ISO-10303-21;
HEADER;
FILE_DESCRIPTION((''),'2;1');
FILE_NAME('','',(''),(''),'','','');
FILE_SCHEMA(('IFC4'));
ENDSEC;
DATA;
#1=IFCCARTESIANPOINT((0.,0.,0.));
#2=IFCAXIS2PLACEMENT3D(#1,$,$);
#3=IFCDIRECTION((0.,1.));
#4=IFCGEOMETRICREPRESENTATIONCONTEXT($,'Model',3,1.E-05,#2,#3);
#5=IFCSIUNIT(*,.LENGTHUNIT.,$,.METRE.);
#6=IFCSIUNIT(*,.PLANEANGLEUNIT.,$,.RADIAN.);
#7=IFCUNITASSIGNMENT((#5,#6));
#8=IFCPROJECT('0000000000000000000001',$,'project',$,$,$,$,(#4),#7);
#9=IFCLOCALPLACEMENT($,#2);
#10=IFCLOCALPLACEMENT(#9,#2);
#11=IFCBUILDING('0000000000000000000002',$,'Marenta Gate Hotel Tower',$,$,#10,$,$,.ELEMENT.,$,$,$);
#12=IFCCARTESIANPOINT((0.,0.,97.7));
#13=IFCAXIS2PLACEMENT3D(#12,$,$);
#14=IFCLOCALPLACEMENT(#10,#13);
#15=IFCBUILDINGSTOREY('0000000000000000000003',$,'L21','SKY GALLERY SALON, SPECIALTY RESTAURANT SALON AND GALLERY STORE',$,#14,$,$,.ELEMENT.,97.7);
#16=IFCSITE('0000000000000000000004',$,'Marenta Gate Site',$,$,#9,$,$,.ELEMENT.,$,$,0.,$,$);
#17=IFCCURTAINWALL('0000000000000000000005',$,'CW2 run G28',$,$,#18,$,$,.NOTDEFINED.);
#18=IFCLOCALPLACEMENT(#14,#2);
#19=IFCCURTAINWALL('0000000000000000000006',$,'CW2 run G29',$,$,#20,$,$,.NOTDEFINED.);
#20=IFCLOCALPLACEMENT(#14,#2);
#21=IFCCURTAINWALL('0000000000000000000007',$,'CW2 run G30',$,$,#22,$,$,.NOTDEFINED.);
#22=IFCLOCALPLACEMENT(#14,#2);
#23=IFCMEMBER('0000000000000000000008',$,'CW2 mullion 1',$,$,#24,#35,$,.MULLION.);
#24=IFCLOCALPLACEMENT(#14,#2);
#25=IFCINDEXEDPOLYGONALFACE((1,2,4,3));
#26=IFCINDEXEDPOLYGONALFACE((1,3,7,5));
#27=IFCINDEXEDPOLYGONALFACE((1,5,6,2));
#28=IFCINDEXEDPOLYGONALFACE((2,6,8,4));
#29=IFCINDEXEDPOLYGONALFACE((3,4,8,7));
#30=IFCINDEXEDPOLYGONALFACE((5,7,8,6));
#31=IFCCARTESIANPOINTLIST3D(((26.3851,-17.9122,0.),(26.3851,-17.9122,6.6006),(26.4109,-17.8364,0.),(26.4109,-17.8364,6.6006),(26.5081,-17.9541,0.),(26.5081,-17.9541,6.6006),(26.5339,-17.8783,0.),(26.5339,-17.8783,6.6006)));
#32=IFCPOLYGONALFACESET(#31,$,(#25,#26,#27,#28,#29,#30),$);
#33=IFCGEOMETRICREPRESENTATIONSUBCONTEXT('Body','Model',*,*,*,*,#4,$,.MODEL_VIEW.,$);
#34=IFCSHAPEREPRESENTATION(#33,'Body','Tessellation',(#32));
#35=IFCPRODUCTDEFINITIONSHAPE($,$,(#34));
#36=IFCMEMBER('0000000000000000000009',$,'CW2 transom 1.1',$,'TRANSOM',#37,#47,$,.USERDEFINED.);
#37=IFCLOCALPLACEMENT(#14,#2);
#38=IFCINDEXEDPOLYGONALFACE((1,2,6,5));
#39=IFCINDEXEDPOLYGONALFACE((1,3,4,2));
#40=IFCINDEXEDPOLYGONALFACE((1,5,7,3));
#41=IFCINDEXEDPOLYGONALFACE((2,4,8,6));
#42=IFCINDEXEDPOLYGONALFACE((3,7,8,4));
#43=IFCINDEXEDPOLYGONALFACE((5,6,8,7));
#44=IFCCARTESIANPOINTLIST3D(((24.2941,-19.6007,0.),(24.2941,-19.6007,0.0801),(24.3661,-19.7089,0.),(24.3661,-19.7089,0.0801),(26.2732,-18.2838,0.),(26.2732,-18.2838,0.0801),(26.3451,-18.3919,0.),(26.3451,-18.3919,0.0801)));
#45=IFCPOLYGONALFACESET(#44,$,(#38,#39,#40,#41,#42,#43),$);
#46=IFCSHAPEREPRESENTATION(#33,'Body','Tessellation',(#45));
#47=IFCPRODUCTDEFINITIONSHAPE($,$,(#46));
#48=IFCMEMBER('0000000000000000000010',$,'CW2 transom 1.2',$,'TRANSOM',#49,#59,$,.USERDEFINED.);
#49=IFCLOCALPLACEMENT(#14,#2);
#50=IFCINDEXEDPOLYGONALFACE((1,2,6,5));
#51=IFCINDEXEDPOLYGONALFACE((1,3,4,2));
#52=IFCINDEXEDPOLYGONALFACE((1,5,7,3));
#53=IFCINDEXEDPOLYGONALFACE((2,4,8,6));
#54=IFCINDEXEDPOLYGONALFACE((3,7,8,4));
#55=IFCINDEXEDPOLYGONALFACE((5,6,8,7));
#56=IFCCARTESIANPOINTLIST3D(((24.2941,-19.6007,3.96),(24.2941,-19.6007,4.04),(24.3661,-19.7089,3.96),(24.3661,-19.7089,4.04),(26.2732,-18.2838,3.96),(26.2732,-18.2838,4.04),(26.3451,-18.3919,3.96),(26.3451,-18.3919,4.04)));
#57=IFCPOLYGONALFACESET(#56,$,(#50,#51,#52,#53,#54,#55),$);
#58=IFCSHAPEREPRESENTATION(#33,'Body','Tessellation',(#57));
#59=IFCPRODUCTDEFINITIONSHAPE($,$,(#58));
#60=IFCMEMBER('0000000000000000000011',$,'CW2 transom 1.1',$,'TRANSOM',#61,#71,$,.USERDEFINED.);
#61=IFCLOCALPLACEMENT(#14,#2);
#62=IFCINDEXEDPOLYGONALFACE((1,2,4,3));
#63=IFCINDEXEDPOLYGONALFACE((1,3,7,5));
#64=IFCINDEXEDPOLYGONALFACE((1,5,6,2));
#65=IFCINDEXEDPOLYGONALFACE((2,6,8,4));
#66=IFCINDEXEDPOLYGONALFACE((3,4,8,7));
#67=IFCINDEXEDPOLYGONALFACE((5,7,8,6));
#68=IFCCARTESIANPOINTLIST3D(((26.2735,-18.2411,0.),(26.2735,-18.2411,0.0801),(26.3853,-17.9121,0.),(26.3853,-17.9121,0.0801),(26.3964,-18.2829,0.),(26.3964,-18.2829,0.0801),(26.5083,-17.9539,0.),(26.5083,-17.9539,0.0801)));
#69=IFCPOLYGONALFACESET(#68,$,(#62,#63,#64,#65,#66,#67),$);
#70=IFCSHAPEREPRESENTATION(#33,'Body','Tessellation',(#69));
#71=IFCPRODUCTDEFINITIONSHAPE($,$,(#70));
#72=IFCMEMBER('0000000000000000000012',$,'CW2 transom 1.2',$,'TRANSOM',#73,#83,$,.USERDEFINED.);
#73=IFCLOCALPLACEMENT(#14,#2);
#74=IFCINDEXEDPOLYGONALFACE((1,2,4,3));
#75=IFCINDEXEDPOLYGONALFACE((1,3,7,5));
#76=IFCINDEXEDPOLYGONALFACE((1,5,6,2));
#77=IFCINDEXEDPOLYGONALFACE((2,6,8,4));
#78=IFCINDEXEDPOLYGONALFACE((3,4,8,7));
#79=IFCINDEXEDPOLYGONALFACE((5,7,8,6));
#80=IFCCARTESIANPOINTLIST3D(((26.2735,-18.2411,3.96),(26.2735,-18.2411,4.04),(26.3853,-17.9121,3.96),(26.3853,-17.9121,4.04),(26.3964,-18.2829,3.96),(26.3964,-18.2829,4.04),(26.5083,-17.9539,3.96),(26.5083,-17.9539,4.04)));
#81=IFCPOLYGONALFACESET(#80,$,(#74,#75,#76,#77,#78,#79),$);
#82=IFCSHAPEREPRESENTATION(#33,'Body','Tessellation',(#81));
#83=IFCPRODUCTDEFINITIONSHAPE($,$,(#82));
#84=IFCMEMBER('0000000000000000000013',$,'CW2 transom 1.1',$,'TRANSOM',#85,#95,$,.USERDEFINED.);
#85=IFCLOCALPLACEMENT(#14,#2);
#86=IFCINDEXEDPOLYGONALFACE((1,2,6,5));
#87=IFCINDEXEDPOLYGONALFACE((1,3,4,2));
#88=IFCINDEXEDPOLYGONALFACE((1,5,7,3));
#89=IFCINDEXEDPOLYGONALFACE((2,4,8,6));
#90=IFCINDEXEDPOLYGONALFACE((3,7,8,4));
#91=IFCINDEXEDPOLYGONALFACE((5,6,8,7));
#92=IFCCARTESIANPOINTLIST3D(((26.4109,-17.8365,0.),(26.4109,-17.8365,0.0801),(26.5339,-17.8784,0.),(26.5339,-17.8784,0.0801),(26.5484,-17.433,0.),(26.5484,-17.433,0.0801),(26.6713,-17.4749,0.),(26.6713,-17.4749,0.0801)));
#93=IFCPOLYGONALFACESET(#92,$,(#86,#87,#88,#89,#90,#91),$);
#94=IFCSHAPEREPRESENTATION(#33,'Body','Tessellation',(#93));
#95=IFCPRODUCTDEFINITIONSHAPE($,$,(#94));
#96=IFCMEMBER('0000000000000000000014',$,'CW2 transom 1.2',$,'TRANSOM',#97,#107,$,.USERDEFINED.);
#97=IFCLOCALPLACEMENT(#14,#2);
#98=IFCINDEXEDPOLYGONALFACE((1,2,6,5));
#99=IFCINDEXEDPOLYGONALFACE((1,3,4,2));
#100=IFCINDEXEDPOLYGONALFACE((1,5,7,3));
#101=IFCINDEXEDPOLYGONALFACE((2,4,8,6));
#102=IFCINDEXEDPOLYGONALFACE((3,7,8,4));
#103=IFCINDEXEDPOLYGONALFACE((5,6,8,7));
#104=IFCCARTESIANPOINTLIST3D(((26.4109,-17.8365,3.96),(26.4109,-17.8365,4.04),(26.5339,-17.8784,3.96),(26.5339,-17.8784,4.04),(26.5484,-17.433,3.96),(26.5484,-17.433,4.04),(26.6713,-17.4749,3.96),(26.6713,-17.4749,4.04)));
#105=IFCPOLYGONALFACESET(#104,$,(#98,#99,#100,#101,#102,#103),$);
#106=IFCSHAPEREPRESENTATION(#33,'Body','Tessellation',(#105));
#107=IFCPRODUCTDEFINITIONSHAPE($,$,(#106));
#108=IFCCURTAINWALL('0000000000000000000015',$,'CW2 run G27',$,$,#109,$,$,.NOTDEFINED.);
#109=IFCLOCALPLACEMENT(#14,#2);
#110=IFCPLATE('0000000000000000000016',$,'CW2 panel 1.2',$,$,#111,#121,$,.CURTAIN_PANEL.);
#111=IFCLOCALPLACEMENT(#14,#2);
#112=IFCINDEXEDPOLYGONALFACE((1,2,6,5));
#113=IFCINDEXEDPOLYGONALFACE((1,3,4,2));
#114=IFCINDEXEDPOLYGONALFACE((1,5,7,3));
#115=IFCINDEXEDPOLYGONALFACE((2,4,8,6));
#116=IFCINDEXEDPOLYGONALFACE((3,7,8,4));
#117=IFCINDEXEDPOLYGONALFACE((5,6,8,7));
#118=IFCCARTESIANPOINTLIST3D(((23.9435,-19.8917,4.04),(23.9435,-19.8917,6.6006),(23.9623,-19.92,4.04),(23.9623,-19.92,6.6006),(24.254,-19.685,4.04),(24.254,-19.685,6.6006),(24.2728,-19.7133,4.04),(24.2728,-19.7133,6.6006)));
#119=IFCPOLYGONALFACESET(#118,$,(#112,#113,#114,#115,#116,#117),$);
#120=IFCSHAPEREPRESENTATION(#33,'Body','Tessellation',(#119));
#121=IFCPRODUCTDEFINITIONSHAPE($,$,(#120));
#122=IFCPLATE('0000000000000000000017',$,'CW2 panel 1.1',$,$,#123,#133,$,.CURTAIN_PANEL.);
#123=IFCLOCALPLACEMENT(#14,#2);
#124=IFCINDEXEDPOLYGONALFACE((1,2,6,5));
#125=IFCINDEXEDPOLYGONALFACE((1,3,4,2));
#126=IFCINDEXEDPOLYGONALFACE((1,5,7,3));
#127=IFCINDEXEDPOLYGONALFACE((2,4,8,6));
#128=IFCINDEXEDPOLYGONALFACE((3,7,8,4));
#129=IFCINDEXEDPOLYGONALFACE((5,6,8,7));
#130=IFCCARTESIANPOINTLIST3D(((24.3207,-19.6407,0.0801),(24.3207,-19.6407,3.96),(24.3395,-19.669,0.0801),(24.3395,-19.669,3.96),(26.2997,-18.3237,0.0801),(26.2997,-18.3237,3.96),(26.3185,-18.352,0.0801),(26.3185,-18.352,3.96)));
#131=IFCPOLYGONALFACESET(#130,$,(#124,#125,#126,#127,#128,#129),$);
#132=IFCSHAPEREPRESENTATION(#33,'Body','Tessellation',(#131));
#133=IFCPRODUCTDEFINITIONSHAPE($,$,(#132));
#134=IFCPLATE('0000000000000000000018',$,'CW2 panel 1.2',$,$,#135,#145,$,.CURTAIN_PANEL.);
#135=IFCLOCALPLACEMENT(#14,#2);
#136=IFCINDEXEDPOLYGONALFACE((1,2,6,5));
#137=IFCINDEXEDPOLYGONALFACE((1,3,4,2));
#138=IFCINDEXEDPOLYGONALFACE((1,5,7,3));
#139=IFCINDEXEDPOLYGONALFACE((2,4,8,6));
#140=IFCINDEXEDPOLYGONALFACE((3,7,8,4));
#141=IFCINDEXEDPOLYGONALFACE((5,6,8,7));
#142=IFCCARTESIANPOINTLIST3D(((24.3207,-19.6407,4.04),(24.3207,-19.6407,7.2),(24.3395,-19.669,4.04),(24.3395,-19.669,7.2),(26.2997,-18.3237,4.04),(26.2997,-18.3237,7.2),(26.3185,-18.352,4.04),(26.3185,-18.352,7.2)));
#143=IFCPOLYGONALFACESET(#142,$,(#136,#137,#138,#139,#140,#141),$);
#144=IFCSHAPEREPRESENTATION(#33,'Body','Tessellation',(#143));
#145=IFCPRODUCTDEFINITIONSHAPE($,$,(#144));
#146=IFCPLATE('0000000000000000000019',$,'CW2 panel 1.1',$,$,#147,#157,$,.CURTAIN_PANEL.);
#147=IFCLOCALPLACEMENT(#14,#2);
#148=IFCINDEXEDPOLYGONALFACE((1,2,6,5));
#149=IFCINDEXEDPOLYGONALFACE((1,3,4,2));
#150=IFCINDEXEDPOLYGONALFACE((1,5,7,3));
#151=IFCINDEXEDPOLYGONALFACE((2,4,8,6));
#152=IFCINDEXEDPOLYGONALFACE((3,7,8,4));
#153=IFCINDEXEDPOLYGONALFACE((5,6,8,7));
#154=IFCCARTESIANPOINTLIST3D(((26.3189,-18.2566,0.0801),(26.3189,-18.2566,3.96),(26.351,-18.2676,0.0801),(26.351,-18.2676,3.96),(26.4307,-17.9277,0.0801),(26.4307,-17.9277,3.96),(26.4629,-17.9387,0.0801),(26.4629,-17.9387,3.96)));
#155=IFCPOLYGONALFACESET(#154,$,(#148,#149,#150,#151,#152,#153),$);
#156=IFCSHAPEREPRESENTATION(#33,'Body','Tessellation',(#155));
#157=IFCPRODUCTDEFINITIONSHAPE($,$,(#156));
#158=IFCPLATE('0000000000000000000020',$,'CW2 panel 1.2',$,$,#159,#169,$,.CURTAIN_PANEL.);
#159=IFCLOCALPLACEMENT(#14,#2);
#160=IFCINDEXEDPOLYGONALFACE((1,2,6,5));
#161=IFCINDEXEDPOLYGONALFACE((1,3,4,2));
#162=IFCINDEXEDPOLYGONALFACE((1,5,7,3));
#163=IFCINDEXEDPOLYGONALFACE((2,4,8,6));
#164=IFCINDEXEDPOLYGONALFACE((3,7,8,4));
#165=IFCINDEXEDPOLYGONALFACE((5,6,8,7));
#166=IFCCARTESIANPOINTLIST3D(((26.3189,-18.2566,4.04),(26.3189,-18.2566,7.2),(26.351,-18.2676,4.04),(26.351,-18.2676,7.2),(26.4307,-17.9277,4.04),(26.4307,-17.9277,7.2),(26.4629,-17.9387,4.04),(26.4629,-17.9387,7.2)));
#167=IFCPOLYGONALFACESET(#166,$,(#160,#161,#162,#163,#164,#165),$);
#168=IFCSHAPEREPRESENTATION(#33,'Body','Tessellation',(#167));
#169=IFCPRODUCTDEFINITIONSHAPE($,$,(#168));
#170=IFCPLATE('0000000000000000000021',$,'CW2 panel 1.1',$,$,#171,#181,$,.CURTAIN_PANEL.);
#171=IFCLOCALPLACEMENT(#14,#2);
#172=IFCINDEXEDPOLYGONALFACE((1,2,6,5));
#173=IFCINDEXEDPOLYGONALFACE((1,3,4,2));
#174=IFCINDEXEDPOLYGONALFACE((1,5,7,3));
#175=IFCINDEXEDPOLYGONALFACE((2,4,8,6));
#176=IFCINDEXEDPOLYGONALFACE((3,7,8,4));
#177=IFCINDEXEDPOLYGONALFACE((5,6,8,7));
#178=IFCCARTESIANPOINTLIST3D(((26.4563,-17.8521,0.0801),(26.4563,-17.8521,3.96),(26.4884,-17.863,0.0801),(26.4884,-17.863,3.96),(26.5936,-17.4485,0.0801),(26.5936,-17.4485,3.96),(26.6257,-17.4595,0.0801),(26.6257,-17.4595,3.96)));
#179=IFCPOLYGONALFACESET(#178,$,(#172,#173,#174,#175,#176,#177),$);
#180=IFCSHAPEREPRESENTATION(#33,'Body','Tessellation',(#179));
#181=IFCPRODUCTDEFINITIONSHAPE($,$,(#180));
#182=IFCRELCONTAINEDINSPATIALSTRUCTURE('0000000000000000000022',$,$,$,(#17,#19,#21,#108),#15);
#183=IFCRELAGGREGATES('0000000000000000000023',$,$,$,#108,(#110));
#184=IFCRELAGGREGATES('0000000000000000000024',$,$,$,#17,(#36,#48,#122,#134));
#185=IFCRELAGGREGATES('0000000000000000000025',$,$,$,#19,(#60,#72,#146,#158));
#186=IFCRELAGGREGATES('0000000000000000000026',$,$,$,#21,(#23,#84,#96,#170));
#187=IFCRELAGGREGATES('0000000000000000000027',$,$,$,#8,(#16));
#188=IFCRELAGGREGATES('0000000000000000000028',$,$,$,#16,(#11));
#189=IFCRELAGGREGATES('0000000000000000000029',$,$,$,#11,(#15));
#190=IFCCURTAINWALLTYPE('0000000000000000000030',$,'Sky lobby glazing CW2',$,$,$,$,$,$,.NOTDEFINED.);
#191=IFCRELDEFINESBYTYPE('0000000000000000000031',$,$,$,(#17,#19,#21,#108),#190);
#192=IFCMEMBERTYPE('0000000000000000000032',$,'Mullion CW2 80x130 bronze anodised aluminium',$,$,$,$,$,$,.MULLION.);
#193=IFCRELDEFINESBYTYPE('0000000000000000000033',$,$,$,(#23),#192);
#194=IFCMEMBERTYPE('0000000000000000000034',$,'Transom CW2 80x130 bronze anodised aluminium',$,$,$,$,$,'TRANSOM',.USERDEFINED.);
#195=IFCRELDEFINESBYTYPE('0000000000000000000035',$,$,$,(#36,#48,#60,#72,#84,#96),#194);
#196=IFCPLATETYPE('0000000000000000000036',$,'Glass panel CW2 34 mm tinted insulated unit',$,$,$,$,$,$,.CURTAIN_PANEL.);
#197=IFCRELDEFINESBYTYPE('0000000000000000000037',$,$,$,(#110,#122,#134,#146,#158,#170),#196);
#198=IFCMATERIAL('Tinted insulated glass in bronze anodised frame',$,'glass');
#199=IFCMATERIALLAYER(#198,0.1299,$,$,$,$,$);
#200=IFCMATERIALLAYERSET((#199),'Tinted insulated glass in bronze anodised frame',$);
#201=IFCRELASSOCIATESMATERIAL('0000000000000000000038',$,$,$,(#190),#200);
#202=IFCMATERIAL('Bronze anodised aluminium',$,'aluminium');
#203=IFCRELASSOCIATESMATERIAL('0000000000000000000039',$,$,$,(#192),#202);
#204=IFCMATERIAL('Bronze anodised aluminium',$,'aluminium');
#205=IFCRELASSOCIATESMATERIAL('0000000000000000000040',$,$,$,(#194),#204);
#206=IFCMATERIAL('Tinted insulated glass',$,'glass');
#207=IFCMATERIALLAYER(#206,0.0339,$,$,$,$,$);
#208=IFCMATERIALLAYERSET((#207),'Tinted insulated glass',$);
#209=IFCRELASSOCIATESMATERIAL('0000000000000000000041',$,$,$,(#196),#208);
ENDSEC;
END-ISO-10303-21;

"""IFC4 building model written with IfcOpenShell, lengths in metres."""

from ifc_helpers import new_model, si_unit, direction, frame, origin, origin_2d, place, context, subcontext, project, spatial, rectangle, extrude, material, layer, layer_set, material_profile, profile_set, type_object, element, aggregate, save


model = new_model("IFC4")

# Units and contexts
model_context = context("Model", 3, precision=1e-05, world=origin(), true_north=direction((0.0, 1.0)))
body_context = subcontext(model_context, "Body", "Model", "MODEL_VIEW")
ifc_project = project(units=[si_unit("LENGTHUNIT", "METRE"), si_unit("PLANEANGLEUNIT", "RADIAN")], contexts=[model_context])

# Site, building, storey
site_placement = place(None, origin())
site = spatial("IfcSite", under=ifc_project, at=site_placement, Name="Marenta Gate Site", CompositionType="ELEMENT", RefElevation=0.0)
building_placement = place(site_placement, origin())
building = spatial("IfcBuilding", under=site, at=building_placement, Name="Marenta Gate Hotel Tower", CompositionType="ELEMENT")
storey_placement = place(building_placement, frame((0.0, 0.0, 97.7)))
storey = spatial("IfcBuildingStorey", under=building, at=storey_placement, Name="L21", Description="SKY GALLERY SALON, SPECIALTY RESTAURANT SALON AND GALLERY STORE", CompositionType="ELEMENT", Elevation=97.7)

# Curtain walls, member
ifc_material_1 = material(Name="Tinted insulated glass in bronze anodised frame", Category="glass")
ifc_layer_1 = layer(ifc_material_1, 0.1299)
ifc_layer_set_1 = layer_set([ifc_layer_1], Name="Tinted insulated glass in bronze anodised frame")
curtain_wall_type = type_object("IfcCurtainWallType", Name="Sky lobby glazing CW2", PredefinedType="NOTDEFINED", material=ifc_layer_set_1)
curtain_wall_1_placement = place(storey_placement, origin())
curtain_wall_1 = element("IfcCurtainWall", 1, at=curtain_wall_1_placement, inside=storey, type_object=curtain_wall_type, Name="CW2 run G28", PredefinedType="NOTDEFINED")
ifc_material_2 = material(Name="Bronze anodised aluminium", Category="aluminium")
ifc_material_profile_1 = material_profile(ifc_material_2, rectangle(XDim=0.1299, YDim=0.0801, at=origin_2d()), Name="Mullion CW2 80x130 bronze anodised aluminium")
ifc_profile_set_1 = profile_set([ifc_material_profile_1], Name="Bronze anodised aluminium")
member_type_1 = type_object("IfcMemberType", Name="Mullion CW2 80x130 bronze anodised aluminium", PredefinedType="MULLION", material=ifc_profile_set_1)
curtain_wall_2_placement = place(storey_placement, origin())
curtain_wall_2 = element("IfcCurtainWall", 2, at=curtain_wall_2_placement, inside=storey, type_object=curtain_wall_type, Name="CW2 run G29", PredefinedType="NOTDEFINED")
curtain_wall_3_placement = place(storey_placement, origin())
curtain_wall_3 = element("IfcCurtainWall", 3, at=curtain_wall_3_placement, inside=storey, type_object=curtain_wall_type, Name="CW2 run G30", PredefinedType="NOTDEFINED")
member_1_placement = place(storey_placement, frame((26.4595, -17.8953, 0.0), z_axis=(0.0, 0.0, 1.0), x_axis=(-0.94669, 0.322147, 0.0)))
member_1 = element("IfcMember", 4, at=member_1_placement, type_object=member_type_1, Name="CW2 mullion 1", PredefinedType="MULLION", context=body_context, shape_type="SweptSolid", body=[
    extrude(rectangle(XDim=0.1299, YDim=0.0801, at=origin_2d()), origin(), (0.0, 0.0, 1.0), 6.6006),
])

# Members
ifc_material_3 = material(Name="Bronze anodised aluminium", Category="aluminium")
ifc_material_profile_2 = material_profile(ifc_material_3, rectangle(XDim=0.1299, YDim=0.0801, at=origin_2d()), Name="Transom CW2 80x130 bronze anodised aluminium")
ifc_profile_set_2 = profile_set([ifc_material_profile_2], Name="Bronze anodised aluminium")
member_type_2 = type_object("IfcMemberType", Name="Transom CW2 80x130 bronze anodised aluminium", ElementType="TRANSOM", PredefinedType="USERDEFINED", material=ifc_profile_set_2)
member_2_placement = place(storey_placement, frame((24.3301, -19.6548, 0.04), z_axis=(0.832524, 0.553989, 0.0), x_axis=(-0.553989, 0.832524, 0.0)))
member_2 = element("IfcMember", 5, at=member_2_placement, type_object=member_type_2, Name="CW2 transom 1.1", ObjectType="TRANSOM", PredefinedType="USERDEFINED", context=body_context, shape_type="SweptSolid", body=[
    extrude(rectangle(XDim=0.1299, YDim=0.0801, at=origin_2d()), origin(), (0.0, 0.0, 1.0), 2.3772),
])
member_3_placement = place(storey_placement, frame((24.3301, -19.6548, 4.0), z_axis=(0.832524, 0.553989, 0.0), x_axis=(-0.553989, 0.832524, 0.0)))
member_3 = element("IfcMember", 6, at=member_3_placement, type_object=member_type_2, Name="CW2 transom 1.2", ObjectType="TRANSOM", PredefinedType="USERDEFINED", context=body_context, shape_type="SweptSolid", body=[
    extrude(rectangle(XDim=0.1299, YDim=0.0801, at=origin_2d()), origin(), (0.0, 0.0, 1.0), 2.3772),
])
member_4_placement = place(storey_placement, frame((26.335, -18.262, 0.04), z_axis=(0.321915, 0.946768, 0.0), x_axis=(-0.946768, 0.321915, 0.0)))
member_4 = element("IfcMember", 7, at=member_4_placement, type_object=member_type_2, Name="CW2 transom 1.1", ObjectType="TRANSOM", PredefinedType="USERDEFINED", context=body_context, shape_type="SweptSolid", body=[
    extrude(rectangle(XDim=0.1299, YDim=0.0801, at=origin_2d()), origin(), (0.0, 0.0, 1.0), 0.3474),
])
member_5_placement = place(storey_placement, frame((26.335, -18.262, 4.0), z_axis=(0.321915, 0.946768, 0.0), x_axis=(-0.946768, 0.321915, 0.0)))
member_5 = element("IfcMember", 8, at=member_5_placement, type_object=member_type_2, Name="CW2 transom 1.2", ObjectType="TRANSOM", PredefinedType="USERDEFINED", context=body_context, shape_type="SweptSolid", body=[
    extrude(rectangle(XDim=0.1299, YDim=0.0801, at=origin_2d()), origin(), (0.0, 0.0, 1.0), 0.3474),
])
member_6_placement = place(storey_placement, frame((26.4724, -17.8574, 0.04), z_axis=(0.322406, 0.946602, 0.0), x_axis=(-0.946602, 0.322406, 0.0)))
member_6 = element("IfcMember", 9, at=member_6_placement, type_object=member_type_2, Name="CW2 transom 1.1", ObjectType="TRANSOM", PredefinedType="USERDEFINED", context=body_context, shape_type="SweptSolid", body=[
    extrude(rectangle(XDim=0.1299, YDim=0.0801, at=origin_2d()), origin(), (0.0, 0.0, 1.0), 0.4263),
])
member_7_placement = place(storey_placement, frame((26.4724, -17.8574, 4.0), z_axis=(0.322406, 0.946602, 0.0), x_axis=(-0.946602, 0.322406, 0.0)))
member_7 = element("IfcMember", 10, at=member_7_placement, type_object=member_type_2, Name="CW2 transom 1.2", ObjectType="TRANSOM", PredefinedType="USERDEFINED", context=body_context, shape_type="SweptSolid", body=[
    extrude(rectangle(XDim=0.1299, YDim=0.0801, at=origin_2d()), origin(), (0.0, 0.0, 1.0), 0.4263),
])

# Curtain wall, plate
curtain_wall_4_placement = place(storey_placement, origin())
curtain_wall_4 = element("IfcCurtainWall", 11, at=curtain_wall_4_placement, inside=storey, type_object=curtain_wall_type, Name="CW2 run G27", PredefinedType="NOTDEFINED")
ifc_material_4 = material(Name="Tinted insulated glass", Category="glass")
ifc_layer_2 = layer(ifc_material_4, 0.0339)
ifc_layer_set_2 = layer_set([ifc_layer_2], Name="Tinted insulated glass")
plate_type = type_object("IfcPlateType", Name="Glass panel CW2 34 mm tinted insulated unit", PredefinedType="CURTAIN_PANEL", material=ifc_layer_set_2)
plate_1_placement = place(storey_placement, frame((24.1082, -19.8025, 4.04), z_axis=(0.0, 0.0, 1.0), x_axis=(0.832458, 0.554089, 0.0)))
plate_1 = element("IfcPlate", 12, at=plate_1_placement, type_object=plate_type, Name="CW2 panel 1.2", PredefinedType="CURTAIN_PANEL", context=body_context, shape_type="SweptSolid", body=[
    extrude(rectangle(XDim=0.373, YDim=0.0339, at=origin_2d()), origin(), (0.0, 0.0, 1.0), 2.5605),
])
aggregate(curtain_wall_4, [plate_1])

# Plates
plate_2_placement = place(storey_placement, frame((25.3196, -18.9963, 0.0801), z_axis=(0.0, 0.0, 1.0), x_axis=(0.832501, 0.554024, 0.0)))
plate_2 = element("IfcPlate", 13, at=plate_2_placement, type_object=plate_type, Name="CW2 panel 1.1", PredefinedType="CURTAIN_PANEL", context=body_context, shape_type="SweptSolid", body=[
    extrude(rectangle(XDim=2.3772, YDim=0.0339, at=origin_2d()), origin(), (0.0, 0.0, 1.0), 3.8799),
])
plate_3_placement = place(storey_placement, frame((25.3196, -18.9963, 4.04), z_axis=(0.0, 0.0, 1.0), x_axis=(0.832501, 0.554024, 0.0)))
plate_3 = element("IfcPlate", 14, at=plate_3_placement, type_object=plate_type, Name="CW2 panel 1.2", PredefinedType="CURTAIN_PANEL", context=body_context, shape_type="SweptSolid", body=[
    extrude(rectangle(XDim=2.3772, YDim=0.0339, at=origin_2d()), origin(), (0.0, 0.0, 1.0), 3.1599),
])
aggregate(curtain_wall_1, [member_2, member_3, plate_2, plate_3])
plate_4_placement = place(storey_placement, frame((26.3909, -18.0977, 0.0801), z_axis=(0.0, 0.0, 1.0), x_axis=(0.321978, 0.946747, 0.0)))
plate_4 = element("IfcPlate", 15, at=plate_4_placement, type_object=plate_type, Name="CW2 panel 1.1", PredefinedType="CURTAIN_PANEL", context=body_context, shape_type="SweptSolid", body=[
    extrude(rectangle(XDim=0.3474, YDim=0.0339, at=origin_2d()), origin(), (0.0, 0.0, 1.0), 3.8799),
])
plate_5_placement = place(storey_placement, frame((26.3909, -18.0977, 4.04), z_axis=(0.0, 0.0, 1.0), x_axis=(0.321978, 0.946747, 0.0)))
plate_5 = element("IfcPlate", 16, at=plate_5_placement, type_object=plate_type, Name="CW2 panel 1.2", PredefinedType="CURTAIN_PANEL", context=body_context, shape_type="SweptSolid", body=[
    extrude(rectangle(XDim=0.3474, YDim=0.0339, at=origin_2d()), origin(), (0.0, 0.0, 1.0), 3.1599),
])
aggregate(curtain_wall_2, [member_4, member_5, plate_4, plate_5])
plate_6_placement = place(storey_placement, frame((26.541, -17.6558, 0.0801), z_axis=(0.0, 0.0, 1.0), x_axis=(0.322147, 0.94669, 0.0)))
plate_6 = element("IfcPlate", 17, at=plate_6_placement, type_object=plate_type, Name="CW2 panel 1.1", PredefinedType="CURTAIN_PANEL", context=body_context, shape_type="SweptSolid", body=[
    extrude(rectangle(XDim=0.4263, YDim=0.0339, at=origin_2d()), origin(), (0.0, 0.0, 1.0), 3.8799),
])
aggregate(curtain_wall_3, [member_1, member_6, member_7, plate_6])

save(model, "model.ifc")
